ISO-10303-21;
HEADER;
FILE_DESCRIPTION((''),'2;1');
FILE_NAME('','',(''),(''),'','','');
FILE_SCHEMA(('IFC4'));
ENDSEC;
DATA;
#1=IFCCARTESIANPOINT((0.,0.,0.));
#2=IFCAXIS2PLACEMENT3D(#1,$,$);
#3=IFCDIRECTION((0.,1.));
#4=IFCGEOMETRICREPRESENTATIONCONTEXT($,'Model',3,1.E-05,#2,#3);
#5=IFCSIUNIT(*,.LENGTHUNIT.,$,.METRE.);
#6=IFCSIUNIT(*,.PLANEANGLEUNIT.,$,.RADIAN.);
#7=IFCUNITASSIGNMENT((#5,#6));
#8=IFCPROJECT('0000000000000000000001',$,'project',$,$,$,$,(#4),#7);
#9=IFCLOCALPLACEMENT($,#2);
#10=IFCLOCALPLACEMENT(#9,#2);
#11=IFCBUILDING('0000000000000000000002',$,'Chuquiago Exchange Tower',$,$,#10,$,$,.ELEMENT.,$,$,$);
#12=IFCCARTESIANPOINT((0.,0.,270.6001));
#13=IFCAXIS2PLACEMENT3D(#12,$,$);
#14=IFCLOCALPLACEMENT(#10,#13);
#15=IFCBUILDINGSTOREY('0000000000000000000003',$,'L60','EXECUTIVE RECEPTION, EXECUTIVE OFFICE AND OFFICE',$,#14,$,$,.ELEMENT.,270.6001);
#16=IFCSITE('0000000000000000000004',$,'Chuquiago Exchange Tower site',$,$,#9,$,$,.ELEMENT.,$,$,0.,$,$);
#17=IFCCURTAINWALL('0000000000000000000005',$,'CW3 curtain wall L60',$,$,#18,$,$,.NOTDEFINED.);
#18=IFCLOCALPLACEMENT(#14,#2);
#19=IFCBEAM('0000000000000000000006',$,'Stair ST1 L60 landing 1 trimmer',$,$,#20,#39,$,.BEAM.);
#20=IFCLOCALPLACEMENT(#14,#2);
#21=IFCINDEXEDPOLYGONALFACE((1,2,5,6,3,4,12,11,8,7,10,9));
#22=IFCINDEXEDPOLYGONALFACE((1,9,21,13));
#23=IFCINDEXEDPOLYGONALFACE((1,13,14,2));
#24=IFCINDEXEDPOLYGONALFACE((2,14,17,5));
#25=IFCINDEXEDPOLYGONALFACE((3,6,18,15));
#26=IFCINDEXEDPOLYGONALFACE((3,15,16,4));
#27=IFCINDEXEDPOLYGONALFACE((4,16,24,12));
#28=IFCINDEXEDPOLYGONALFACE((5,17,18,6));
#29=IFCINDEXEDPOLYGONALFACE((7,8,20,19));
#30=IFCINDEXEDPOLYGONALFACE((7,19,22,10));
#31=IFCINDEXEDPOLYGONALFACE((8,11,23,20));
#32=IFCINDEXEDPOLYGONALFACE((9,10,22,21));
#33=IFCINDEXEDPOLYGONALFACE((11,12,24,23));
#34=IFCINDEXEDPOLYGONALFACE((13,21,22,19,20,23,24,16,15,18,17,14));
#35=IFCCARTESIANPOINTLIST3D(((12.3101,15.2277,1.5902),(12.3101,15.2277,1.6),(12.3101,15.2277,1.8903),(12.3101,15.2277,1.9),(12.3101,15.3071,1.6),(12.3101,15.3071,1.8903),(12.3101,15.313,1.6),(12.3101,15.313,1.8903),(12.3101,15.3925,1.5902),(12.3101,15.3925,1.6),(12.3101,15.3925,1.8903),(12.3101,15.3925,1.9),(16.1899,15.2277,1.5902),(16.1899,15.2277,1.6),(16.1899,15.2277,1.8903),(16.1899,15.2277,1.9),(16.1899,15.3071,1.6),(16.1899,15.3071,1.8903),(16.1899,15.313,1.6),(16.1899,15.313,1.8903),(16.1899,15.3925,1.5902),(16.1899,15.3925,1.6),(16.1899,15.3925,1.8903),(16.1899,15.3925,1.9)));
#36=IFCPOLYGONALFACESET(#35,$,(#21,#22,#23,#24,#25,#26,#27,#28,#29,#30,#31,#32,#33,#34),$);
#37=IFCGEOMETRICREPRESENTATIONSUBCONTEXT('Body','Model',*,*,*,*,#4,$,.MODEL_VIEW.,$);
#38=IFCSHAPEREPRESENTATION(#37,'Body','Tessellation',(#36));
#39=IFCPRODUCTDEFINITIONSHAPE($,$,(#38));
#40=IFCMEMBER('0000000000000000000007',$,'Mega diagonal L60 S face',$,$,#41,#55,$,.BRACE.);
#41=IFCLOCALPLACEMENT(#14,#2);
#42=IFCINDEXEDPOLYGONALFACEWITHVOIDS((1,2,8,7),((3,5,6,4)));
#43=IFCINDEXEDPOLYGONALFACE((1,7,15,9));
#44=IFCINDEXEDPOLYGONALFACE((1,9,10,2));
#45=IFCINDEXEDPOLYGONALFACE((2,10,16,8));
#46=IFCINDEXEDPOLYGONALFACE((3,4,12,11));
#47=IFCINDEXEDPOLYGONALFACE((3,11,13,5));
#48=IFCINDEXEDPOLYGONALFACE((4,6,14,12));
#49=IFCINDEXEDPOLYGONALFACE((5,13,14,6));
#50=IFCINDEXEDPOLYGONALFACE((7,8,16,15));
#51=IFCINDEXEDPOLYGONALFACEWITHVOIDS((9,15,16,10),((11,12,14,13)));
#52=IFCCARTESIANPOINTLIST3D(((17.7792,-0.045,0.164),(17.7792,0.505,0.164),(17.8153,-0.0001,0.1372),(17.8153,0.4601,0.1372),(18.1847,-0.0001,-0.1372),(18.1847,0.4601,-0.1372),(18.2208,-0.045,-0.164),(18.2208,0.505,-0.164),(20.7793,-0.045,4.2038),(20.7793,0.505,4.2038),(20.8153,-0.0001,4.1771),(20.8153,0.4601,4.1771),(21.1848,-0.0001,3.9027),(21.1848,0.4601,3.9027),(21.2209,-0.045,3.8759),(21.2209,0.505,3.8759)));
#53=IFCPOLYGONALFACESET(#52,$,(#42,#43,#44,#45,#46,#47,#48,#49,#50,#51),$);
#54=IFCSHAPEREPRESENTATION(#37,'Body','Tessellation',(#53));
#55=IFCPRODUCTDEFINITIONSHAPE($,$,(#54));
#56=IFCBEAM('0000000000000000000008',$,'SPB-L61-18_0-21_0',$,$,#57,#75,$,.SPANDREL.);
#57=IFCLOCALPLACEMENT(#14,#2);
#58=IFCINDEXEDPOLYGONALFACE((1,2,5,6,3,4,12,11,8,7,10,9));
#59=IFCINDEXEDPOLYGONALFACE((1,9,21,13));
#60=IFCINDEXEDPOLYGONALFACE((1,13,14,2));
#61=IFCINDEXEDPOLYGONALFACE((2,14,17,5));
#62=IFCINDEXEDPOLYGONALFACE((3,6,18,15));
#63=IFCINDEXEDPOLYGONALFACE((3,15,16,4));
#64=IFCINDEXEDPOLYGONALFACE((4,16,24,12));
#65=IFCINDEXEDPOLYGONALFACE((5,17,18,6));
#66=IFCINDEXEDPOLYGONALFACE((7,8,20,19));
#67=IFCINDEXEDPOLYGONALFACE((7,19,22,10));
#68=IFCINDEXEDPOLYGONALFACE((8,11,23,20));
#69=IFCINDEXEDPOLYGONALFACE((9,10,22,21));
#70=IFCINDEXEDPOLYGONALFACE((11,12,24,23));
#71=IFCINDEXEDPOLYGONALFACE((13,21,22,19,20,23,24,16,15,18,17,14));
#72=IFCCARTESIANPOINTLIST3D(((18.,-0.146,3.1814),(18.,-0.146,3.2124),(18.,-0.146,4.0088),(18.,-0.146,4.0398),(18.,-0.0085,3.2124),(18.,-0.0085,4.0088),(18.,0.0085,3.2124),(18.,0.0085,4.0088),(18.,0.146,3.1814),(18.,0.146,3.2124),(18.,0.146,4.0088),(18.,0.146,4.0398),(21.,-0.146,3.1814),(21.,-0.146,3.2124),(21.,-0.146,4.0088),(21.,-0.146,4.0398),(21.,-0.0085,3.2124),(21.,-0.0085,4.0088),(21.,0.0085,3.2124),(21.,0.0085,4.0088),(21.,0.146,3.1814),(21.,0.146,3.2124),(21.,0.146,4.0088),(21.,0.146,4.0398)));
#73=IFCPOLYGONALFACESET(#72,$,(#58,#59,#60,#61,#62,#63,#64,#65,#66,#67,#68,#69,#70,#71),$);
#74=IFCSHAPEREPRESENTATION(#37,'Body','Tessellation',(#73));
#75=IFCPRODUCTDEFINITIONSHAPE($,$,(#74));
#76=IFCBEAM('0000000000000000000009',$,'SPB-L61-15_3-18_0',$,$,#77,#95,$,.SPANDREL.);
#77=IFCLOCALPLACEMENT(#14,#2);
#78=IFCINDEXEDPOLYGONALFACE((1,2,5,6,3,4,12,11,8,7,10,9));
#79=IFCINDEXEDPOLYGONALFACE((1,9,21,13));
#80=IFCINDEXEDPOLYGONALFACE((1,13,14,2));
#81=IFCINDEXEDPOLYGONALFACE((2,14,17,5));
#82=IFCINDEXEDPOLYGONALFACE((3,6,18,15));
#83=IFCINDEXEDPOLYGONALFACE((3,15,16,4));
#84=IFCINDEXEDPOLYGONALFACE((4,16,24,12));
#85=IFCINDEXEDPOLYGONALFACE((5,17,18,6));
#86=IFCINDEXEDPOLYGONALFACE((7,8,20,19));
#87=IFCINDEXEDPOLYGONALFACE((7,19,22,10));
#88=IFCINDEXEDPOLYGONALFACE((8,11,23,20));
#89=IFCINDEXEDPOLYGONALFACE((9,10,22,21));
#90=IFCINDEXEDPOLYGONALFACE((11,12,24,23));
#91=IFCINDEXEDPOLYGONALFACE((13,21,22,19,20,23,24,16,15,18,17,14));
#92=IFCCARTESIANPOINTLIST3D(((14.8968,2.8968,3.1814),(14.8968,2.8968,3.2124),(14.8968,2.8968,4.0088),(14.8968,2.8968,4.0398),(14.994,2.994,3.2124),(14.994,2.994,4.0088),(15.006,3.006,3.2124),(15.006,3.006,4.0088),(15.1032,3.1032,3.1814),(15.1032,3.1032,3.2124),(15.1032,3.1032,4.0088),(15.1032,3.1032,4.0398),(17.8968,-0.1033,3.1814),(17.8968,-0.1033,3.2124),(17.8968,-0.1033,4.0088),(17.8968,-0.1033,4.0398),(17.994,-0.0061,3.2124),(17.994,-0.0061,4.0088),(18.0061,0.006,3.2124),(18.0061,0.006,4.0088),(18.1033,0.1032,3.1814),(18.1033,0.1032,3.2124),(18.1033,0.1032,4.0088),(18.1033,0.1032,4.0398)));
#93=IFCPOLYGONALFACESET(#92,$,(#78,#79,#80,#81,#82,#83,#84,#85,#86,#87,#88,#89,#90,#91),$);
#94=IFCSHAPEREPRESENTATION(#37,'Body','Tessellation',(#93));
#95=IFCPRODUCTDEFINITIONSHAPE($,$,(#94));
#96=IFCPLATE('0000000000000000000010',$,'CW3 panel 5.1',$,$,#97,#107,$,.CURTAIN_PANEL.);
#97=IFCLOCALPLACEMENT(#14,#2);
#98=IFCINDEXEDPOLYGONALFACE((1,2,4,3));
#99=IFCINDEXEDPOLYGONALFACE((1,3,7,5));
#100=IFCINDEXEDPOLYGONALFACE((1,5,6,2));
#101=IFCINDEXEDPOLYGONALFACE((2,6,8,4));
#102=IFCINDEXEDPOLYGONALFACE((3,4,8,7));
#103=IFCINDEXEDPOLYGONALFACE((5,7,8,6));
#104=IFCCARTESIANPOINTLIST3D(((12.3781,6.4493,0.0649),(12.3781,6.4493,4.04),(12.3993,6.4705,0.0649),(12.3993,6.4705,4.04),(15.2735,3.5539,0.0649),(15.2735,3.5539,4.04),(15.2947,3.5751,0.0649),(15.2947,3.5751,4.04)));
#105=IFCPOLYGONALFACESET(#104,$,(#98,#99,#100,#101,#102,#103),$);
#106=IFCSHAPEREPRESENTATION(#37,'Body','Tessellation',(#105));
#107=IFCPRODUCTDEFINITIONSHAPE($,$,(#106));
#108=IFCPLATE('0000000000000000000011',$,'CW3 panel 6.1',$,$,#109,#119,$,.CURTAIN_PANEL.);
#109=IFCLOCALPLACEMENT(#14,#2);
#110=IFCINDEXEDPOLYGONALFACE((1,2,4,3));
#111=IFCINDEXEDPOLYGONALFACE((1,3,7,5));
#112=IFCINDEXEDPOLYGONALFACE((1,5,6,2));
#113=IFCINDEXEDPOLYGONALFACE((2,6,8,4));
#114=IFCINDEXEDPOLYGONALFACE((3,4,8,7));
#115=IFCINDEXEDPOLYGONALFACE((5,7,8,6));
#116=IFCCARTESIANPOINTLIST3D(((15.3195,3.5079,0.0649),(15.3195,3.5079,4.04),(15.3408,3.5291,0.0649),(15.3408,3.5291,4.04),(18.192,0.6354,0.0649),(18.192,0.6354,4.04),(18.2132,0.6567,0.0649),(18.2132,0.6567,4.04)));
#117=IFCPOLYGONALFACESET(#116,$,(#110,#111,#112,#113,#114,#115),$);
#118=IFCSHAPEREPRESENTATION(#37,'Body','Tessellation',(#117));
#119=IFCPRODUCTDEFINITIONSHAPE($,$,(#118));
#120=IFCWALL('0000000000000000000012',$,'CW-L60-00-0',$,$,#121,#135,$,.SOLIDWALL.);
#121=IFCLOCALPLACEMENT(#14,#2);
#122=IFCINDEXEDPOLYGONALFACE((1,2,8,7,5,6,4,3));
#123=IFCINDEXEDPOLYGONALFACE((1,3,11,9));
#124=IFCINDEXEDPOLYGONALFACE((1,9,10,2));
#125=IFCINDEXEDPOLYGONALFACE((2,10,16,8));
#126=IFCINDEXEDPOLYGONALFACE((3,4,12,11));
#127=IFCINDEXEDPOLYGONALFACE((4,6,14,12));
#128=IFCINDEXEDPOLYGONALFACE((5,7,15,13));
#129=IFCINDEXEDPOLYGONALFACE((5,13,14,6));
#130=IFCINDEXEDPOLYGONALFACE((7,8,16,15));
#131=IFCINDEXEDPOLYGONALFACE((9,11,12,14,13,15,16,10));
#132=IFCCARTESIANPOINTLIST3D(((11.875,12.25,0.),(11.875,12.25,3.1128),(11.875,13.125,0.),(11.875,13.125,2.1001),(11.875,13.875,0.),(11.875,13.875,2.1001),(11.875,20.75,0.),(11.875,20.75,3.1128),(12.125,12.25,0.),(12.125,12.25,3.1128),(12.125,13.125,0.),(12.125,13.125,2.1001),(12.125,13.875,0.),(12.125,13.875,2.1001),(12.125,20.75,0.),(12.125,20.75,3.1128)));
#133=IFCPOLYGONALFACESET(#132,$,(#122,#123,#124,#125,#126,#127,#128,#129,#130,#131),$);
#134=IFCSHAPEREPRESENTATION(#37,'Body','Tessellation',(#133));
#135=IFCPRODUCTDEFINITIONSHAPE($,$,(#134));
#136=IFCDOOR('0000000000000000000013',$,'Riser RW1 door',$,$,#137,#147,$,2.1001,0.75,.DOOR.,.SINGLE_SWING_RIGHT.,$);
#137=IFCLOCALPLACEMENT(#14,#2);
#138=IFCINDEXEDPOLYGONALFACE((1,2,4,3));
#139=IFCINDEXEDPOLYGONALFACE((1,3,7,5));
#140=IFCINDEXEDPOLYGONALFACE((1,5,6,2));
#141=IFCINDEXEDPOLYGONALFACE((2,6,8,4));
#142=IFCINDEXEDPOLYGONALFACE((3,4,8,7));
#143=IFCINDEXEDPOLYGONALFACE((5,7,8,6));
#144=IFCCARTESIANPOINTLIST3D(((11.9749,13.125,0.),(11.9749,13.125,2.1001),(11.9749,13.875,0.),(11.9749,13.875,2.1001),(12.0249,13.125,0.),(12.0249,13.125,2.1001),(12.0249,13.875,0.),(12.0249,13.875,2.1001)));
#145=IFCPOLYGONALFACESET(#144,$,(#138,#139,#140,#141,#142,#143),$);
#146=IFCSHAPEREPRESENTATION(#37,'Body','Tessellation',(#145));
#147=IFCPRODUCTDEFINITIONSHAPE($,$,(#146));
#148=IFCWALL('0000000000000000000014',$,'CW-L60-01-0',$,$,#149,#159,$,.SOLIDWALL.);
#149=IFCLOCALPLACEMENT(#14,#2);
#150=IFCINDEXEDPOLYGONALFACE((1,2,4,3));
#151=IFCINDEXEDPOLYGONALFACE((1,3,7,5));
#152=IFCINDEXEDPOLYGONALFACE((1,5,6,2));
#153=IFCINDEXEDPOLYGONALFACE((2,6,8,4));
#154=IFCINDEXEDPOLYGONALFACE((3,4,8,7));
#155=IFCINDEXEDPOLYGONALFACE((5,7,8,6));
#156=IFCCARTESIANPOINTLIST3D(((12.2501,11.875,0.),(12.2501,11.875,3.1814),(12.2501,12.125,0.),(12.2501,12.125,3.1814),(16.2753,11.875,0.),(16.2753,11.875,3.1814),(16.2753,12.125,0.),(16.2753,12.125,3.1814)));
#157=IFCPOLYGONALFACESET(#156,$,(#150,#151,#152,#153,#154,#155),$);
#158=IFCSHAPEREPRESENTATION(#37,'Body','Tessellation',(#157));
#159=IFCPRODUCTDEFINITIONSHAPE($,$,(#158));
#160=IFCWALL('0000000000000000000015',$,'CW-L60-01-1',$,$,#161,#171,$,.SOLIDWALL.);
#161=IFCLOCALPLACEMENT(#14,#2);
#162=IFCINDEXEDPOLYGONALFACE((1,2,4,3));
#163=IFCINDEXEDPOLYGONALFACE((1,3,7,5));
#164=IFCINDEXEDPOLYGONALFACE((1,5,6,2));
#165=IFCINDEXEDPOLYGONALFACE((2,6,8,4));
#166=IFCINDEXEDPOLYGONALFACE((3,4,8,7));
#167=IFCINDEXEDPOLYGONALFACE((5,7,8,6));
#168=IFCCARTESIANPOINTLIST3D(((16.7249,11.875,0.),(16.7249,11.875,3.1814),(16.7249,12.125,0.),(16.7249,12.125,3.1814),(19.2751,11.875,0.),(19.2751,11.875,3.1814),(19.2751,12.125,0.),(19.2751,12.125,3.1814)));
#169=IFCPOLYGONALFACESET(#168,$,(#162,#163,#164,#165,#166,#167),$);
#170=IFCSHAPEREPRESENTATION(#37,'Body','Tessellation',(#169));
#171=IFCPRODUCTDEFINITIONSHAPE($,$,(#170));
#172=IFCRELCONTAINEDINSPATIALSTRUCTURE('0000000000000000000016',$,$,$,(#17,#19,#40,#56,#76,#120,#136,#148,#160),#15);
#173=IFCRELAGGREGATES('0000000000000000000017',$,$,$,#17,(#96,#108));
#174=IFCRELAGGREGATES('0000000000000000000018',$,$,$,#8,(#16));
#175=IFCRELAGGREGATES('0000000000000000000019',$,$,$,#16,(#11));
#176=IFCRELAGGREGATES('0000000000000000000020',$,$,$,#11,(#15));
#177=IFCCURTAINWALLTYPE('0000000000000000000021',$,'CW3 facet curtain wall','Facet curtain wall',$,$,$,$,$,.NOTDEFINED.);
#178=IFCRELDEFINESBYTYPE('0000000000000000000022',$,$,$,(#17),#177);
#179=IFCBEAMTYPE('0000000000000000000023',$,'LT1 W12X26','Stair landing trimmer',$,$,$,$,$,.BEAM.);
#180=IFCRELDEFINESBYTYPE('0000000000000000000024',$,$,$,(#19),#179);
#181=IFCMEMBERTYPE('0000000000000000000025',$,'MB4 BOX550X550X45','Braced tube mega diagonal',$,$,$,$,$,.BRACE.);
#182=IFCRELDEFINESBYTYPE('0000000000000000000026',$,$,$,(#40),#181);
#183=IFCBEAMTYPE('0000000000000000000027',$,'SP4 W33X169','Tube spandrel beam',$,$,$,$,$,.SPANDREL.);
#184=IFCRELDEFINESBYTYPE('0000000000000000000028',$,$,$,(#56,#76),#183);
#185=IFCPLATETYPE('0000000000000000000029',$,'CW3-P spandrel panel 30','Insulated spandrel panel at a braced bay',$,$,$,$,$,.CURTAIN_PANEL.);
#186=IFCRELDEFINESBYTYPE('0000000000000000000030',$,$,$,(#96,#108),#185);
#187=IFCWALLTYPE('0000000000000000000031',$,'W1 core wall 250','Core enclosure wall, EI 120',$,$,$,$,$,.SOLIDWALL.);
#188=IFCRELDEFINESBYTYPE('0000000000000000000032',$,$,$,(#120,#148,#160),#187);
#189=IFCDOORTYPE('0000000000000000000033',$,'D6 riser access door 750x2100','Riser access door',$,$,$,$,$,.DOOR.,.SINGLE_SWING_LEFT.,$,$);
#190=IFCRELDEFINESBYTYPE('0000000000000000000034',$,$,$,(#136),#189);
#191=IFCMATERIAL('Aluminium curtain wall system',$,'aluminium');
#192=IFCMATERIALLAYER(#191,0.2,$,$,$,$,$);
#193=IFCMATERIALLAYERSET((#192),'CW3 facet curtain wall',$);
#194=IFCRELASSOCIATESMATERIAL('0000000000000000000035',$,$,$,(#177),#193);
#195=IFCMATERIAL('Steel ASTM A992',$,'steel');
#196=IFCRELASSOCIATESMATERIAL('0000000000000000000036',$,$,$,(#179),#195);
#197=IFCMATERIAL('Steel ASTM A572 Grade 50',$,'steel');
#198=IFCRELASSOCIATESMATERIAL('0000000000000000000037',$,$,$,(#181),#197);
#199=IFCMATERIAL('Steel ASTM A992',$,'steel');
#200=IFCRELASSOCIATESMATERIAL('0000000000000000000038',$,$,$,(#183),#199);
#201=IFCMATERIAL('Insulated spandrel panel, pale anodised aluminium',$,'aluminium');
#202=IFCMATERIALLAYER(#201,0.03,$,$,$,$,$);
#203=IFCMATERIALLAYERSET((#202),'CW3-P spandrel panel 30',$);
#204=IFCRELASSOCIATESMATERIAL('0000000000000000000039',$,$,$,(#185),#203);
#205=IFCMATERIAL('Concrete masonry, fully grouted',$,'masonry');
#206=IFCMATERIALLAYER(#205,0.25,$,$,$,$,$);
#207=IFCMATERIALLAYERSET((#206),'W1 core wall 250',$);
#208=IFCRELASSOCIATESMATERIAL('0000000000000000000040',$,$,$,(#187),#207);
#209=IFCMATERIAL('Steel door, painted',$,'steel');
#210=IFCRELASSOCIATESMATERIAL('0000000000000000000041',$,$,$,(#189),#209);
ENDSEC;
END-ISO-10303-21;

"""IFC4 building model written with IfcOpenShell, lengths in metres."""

from ifc_helpers import new_model, si_unit, direction, frame, frame_2d, origin, origin_2d, place, context, subcontext, project, spatial, rectangle, hollow_rectangle, i_section, extrude, material, layer, layer_set, material_profile, profile_set, type_object, element, fill, aggregate, save


model = new_model("IFC4")

# Units and contexts
model_context = context("Model", 3, precision=1e-05, world=origin(), true_north=direction((0.0, 1.0)))
body_context = subcontext(model_context, "Body", "Model", "MODEL_VIEW")
ifc_project = project(units=[si_unit("LENGTHUNIT", "METRE"), si_unit("PLANEANGLEUNIT", "RADIAN")], contexts=[model_context])

# Site, building, storey
site_placement = place(None, origin())
site = spatial("IfcSite", under=ifc_project, at=site_placement, Name="Chuquiago Exchange Tower site", CompositionType="ELEMENT", RefElevation=0.0)
building_placement = place(site_placement, origin())
building = spatial("IfcBuilding", under=site, at=building_placement, Name="Chuquiago Exchange Tower", CompositionType="ELEMENT")
storey_placement = place(building_placement, frame((0.0, 0.0, 270.6001)))
storey = spatial("IfcBuildingStorey", under=building, at=storey_placement, Name="L60", Description="EXECUTIVE RECEPTION, EXECUTIVE OFFICE AND OFFICE", CompositionType="ELEMENT", Elevation=270.6001)

# Curtain wall
ifc_material_1 = material(Name="Aluminium curtain wall system", Category="aluminium")
ifc_layer_1 = layer(ifc_material_1, 0.2)
ifc_layer_set_1 = layer_set([ifc_layer_1], Name="CW3 facet curtain wall")
curtain_wall_type = type_object("IfcCurtainWallType", Name="CW3 facet curtain wall", Description="Facet curtain wall", PredefinedType="NOTDEFINED", material=ifc_layer_set_1)
curtain_wall_placement = place(storey_placement, origin())
curtain_wall = element("IfcCurtainWall", 1, at=curtain_wall_placement, inside=storey, type_object=curtain_wall_type, Name="CW3 curtain wall L60", PredefinedType="NOTDEFINED")

# Beam
ifc_material_2 = material(Name="Steel ASTM A992", Category="steel")
ifc_material_profile_1 = material_profile(ifc_material_2, i_section(OverallWidth=0.1648, OverallDepth=0.3098, WebThickness=0.0059, FlangeThickness=0.0098, at=origin_2d()), Name="W12X26")
ifc_profile_set_1 = profile_set([ifc_material_profile_1], Name="Steel ASTM A992")
beam_type_1 = type_object("IfcBeamType", Name="LT1 W12X26", Description="Stair landing trimmer", PredefinedType="BEAM", material=ifc_profile_set_1)
beam_1_placement = place(storey_placement, frame((12.3101, 15.3101, 1.7451), z_axis=(1.0, 0.0, 0.0), x_axis=(0.0, 1.0, 0.0)))
element("IfcBeam", 2, at=beam_1_placement, inside=storey, type_object=beam_type_1, Name="Stair ST1 L60 landing 1 trimmer", PredefinedType="BEAM", context=body_context, shape_type="SweptSolid", body=[
    extrude(i_section(OverallWidth=0.1648, OverallDepth=0.3098, WebThickness=0.0059, FlangeThickness=0.0098, at=origin_2d()), origin(), (0.0, 0.0, 1.0), 3.8799),
])

# Member
ifc_material_3 = material(Name="Steel ASTM A572 Grade 50", Category="steel")
ifc_material_profile_2 = material_profile(ifc_material_3, hollow_rectangle(XDim=0.55, YDim=0.55, WallThickness=0.0449, at=origin_2d()), Name="BOX550X550X45")
ifc_profile_set_2 = profile_set([ifc_material_profile_2], Name="Steel ASTM A572 Grade 50")
member_type_1 = type_object("IfcMemberType", Name="MB4 BOX550X550X45", Description="Braced tube mega diagonal", PredefinedType="BRACE", material=ifc_profile_set_2)
member_1_placement = place(storey_placement, frame((18.0, 0.23, 0.0), z_axis=(0.596197, 0.0, 0.802838), x_axis=(0.0, 1.0, 0.0)))
element("IfcMember", 3, at=member_1_placement, inside=storey, type_object=member_type_1, Name="Mega diagonal L60 S face", PredefinedType="BRACE", context=body_context, shape_type="SweptSolid", body=[
    extrude(hollow_rectangle(XDim=0.55, YDim=0.55, WallThickness=0.0449, at=origin_2d()), origin(), (0.0, 0.0, 1.0), 5.032),
])

# Beams
ifc_material_4 = material(Name="Steel ASTM A992", Category="steel")
ifc_material_profile_3 = material_profile(ifc_material_4, i_section(OverallWidth=0.292, OverallDepth=0.8584, WebThickness=0.0171, FlangeThickness=0.031, at=origin_2d()), Name="W33X169")
ifc_profile_set_3 = profile_set([ifc_material_profile_3], Name="Steel ASTM A992")
beam_type_2 = type_object("IfcBeamType", Name="SP4 W33X169", Description="Tube spandrel beam", PredefinedType="SPANDREL", material=ifc_profile_set_3)
beam_2_placement = place(storey_placement, frame((18.0, 0.0, 3.6106), z_axis=(1.0, 0.0, 0.0), x_axis=(0.0, 1.0, 0.0)))
element("IfcBeam", 4, at=beam_2_placement, inside=storey, type_object=beam_type_2, Name="SPB-L61-18_0-21_0", PredefinedType="SPANDREL", context=body_context, shape_type="SweptSolid", body=[
    extrude(i_section(OverallWidth=0.292, OverallDepth=0.8584, WebThickness=0.0171, FlangeThickness=0.031, at=origin_2d()), origin(), (0.0, 0.0, 1.0), 3.0),
])
beam_3_placement = place(storey_placement, frame((15.0, 3.0, 3.6106), z_axis=(0.707107, -0.707107, 0.0), x_axis=(0.707107, 0.707107, 0.0)))
element("IfcBeam", 5, at=beam_3_placement, inside=storey, type_object=beam_type_2, Name="SPB-L61-15_3-18_0", PredefinedType="SPANDREL", context=body_context, shape_type="SweptSolid", body=[
    extrude(i_section(OverallWidth=0.292, OverallDepth=0.8584, WebThickness=0.0171, FlangeThickness=0.031, at=origin_2d()), origin(), (0.0, 0.0, 1.0), 4.2427),
])

# Plates
ifc_material_5 = material(Name="Insulated spandrel panel, pale anodised aluminium", Category="aluminium")
ifc_layer_2 = layer(ifc_material_5, 0.03)
ifc_layer_set_2 = layer_set([ifc_layer_2], Name="CW3-P spandrel panel 30")
plate_type = type_object("IfcPlateType", Name="CW3-P spandrel panel 30", Description="Insulated spandrel panel at a braced bay", PredefinedType="CURTAIN_PANEL", material=ifc_layer_set_2)
plate_1_placement = place(storey_placement, frame((13.8364, 5.0122, 0.0649), z_axis=(0.0, 0.0, 1.0), x_axis=(0.707107, -0.707107, 0.0)))
plate_1 = element("IfcPlate", 6, at=plate_1_placement, type_object=plate_type, Name="CW3 panel 5.1", PredefinedType="CURTAIN_PANEL", context=body_context, shape_type="SweptSolid", body=[
    extrude(rectangle(XDim=4.0947, YDim=0.03, at=origin_2d()), origin(), (0.0, 0.0, 1.0), 3.9751),
])
plate_2_placement = place(storey_placement, frame((16.7664, 2.0823, 0.0649), z_axis=(0.0, 0.0, 1.0), x_axis=(0.707107, -0.707107, 0.0)))
plate_2 = element("IfcPlate", 7, at=plate_2_placement, type_object=plate_type, Name="CW3 panel 6.1", PredefinedType="CURTAIN_PANEL", context=body_context, shape_type="SweptSolid", body=[
    extrude(rectangle(XDim=4.0623, YDim=0.03, at=origin_2d()), origin(), (0.0, 0.0, 1.0), 3.9751),
])
aggregate(curtain_wall, [plate_1, plate_2])

# Wall, opening, door
ifc_material_6 = material(Name="Concrete masonry, fully grouted", Category="masonry")
ifc_layer_3 = layer(ifc_material_6, 0.25)
ifc_layer_set_3 = layer_set([ifc_layer_3], Name="W1 core wall 250")
wall_type_1 = type_object("IfcWallType", Name="W1 core wall 250", Description="Core enclosure wall, EI 120", PredefinedType="SOLIDWALL", material=ifc_layer_set_3)
wall_1_placement = place(storey_placement, frame((12.0, 12.25, 0.0), z_axis=(0.0, 0.0, 1.0), x_axis=(0.0, 1.0, 0.0)))
wall_1 = element("IfcWall", 8, at=wall_1_placement, inside=storey, type_object=wall_type_1, Name="CW-L60-00-0", PredefinedType="SOLIDWALL", context=body_context, shape_type="SweptSolid", body=[
    extrude(rectangle(XDim=8.5, YDim=0.25, at=frame_2d((4.25, 0.0))), origin(), (0.0, 0.0, 1.0), 3.1128),
])
opening_1_placement = place(wall_1_placement, frame((0.875, 0.0, 0.0)))
opening_1 = element("IfcOpeningElement", 9, at=opening_1_placement, cuts=wall_1, PredefinedType="OPENING", context=body_context, shape_type="SweptSolid", body=[
    extrude(rectangle(XDim=0.75, YDim=2.1001, at=frame_2d((0.375, 1.05))), frame((0.0, 0.135, 0.0), z_axis=(0.0, -1.0, 0.0), x_axis=(1.0, 0.0, 0.0)), (0.0, 0.0, 1.0), 0.27),
])
ifc_material_7 = material(Name="Steel door, painted", Category="steel")
door_type_1 = type_object("IfcDoorType", Name="D6 riser access door 750x2100", Description="Riser access door", OperationType="SINGLE_SWING_LEFT", PredefinedType="DOOR", material=ifc_material_7)
door_1_placement = place(opening_1_placement, frame((0.75, 0.0, 0.0), z_axis=(0.0, 0.0, 1.0), x_axis=(-1.0, 0.0, 0.0)))
door_1 = element("IfcDoor", 10, at=door_1_placement, inside=storey, type_object=door_type_1, Name="Riser RW1 door", OperationType="SINGLE_SWING_RIGHT", OverallHeight=2.1001, OverallWidth=0.75, PredefinedType="DOOR", context=body_context, shape_type="SweptSolid", body=[
    extrude(rectangle(XDim=0.75, YDim=2.1001, at=frame_2d((0.375, 1.05))), frame((0.0, 0.0249, 0.0), z_axis=(0.0, -1.0, 0.0), x_axis=(1.0, 0.0, 0.0)), (0.0, 0.0, 1.0), 0.05),
])
fill(opening_1, door_1)

# Walls
wall_2_placement = place(storey_placement, frame((12.25, 12.0, 0.0), z_axis=(0.0, 0.0, 1.0), x_axis=(1.0, 0.0, 0.0)))
element("IfcWall", 11, at=wall_2_placement, inside=storey, type_object=wall_type_1, Name="CW-L60-01-0", PredefinedType="SOLIDWALL", context=body_context, shape_type="SweptSolid", body=[
    extrude(rectangle(XDim=4.0251, YDim=0.25, at=frame_2d((2.0127, 0.0))), origin(), (0.0, 0.0, 1.0), 3.1814),
])
wall_3_placement = place(storey_placement, frame((16.7249, 12.0, 0.0), z_axis=(0.0, 0.0, 1.0), x_axis=(1.0, 0.0, 0.0)))
element("IfcWall", 12, at=wall_3_placement, inside=storey, type_object=wall_type_1, Name="CW-L60-01-1", PredefinedType="SOLIDWALL", context=body_context, shape_type="SweptSolid", body=[
    extrude(rectangle(XDim=2.5503, YDim=0.25, at=frame_2d((1.2751, 0.0))), origin(), (0.0, 0.0, 1.0), 3.1814),
])

save(model, "model.ifc")
